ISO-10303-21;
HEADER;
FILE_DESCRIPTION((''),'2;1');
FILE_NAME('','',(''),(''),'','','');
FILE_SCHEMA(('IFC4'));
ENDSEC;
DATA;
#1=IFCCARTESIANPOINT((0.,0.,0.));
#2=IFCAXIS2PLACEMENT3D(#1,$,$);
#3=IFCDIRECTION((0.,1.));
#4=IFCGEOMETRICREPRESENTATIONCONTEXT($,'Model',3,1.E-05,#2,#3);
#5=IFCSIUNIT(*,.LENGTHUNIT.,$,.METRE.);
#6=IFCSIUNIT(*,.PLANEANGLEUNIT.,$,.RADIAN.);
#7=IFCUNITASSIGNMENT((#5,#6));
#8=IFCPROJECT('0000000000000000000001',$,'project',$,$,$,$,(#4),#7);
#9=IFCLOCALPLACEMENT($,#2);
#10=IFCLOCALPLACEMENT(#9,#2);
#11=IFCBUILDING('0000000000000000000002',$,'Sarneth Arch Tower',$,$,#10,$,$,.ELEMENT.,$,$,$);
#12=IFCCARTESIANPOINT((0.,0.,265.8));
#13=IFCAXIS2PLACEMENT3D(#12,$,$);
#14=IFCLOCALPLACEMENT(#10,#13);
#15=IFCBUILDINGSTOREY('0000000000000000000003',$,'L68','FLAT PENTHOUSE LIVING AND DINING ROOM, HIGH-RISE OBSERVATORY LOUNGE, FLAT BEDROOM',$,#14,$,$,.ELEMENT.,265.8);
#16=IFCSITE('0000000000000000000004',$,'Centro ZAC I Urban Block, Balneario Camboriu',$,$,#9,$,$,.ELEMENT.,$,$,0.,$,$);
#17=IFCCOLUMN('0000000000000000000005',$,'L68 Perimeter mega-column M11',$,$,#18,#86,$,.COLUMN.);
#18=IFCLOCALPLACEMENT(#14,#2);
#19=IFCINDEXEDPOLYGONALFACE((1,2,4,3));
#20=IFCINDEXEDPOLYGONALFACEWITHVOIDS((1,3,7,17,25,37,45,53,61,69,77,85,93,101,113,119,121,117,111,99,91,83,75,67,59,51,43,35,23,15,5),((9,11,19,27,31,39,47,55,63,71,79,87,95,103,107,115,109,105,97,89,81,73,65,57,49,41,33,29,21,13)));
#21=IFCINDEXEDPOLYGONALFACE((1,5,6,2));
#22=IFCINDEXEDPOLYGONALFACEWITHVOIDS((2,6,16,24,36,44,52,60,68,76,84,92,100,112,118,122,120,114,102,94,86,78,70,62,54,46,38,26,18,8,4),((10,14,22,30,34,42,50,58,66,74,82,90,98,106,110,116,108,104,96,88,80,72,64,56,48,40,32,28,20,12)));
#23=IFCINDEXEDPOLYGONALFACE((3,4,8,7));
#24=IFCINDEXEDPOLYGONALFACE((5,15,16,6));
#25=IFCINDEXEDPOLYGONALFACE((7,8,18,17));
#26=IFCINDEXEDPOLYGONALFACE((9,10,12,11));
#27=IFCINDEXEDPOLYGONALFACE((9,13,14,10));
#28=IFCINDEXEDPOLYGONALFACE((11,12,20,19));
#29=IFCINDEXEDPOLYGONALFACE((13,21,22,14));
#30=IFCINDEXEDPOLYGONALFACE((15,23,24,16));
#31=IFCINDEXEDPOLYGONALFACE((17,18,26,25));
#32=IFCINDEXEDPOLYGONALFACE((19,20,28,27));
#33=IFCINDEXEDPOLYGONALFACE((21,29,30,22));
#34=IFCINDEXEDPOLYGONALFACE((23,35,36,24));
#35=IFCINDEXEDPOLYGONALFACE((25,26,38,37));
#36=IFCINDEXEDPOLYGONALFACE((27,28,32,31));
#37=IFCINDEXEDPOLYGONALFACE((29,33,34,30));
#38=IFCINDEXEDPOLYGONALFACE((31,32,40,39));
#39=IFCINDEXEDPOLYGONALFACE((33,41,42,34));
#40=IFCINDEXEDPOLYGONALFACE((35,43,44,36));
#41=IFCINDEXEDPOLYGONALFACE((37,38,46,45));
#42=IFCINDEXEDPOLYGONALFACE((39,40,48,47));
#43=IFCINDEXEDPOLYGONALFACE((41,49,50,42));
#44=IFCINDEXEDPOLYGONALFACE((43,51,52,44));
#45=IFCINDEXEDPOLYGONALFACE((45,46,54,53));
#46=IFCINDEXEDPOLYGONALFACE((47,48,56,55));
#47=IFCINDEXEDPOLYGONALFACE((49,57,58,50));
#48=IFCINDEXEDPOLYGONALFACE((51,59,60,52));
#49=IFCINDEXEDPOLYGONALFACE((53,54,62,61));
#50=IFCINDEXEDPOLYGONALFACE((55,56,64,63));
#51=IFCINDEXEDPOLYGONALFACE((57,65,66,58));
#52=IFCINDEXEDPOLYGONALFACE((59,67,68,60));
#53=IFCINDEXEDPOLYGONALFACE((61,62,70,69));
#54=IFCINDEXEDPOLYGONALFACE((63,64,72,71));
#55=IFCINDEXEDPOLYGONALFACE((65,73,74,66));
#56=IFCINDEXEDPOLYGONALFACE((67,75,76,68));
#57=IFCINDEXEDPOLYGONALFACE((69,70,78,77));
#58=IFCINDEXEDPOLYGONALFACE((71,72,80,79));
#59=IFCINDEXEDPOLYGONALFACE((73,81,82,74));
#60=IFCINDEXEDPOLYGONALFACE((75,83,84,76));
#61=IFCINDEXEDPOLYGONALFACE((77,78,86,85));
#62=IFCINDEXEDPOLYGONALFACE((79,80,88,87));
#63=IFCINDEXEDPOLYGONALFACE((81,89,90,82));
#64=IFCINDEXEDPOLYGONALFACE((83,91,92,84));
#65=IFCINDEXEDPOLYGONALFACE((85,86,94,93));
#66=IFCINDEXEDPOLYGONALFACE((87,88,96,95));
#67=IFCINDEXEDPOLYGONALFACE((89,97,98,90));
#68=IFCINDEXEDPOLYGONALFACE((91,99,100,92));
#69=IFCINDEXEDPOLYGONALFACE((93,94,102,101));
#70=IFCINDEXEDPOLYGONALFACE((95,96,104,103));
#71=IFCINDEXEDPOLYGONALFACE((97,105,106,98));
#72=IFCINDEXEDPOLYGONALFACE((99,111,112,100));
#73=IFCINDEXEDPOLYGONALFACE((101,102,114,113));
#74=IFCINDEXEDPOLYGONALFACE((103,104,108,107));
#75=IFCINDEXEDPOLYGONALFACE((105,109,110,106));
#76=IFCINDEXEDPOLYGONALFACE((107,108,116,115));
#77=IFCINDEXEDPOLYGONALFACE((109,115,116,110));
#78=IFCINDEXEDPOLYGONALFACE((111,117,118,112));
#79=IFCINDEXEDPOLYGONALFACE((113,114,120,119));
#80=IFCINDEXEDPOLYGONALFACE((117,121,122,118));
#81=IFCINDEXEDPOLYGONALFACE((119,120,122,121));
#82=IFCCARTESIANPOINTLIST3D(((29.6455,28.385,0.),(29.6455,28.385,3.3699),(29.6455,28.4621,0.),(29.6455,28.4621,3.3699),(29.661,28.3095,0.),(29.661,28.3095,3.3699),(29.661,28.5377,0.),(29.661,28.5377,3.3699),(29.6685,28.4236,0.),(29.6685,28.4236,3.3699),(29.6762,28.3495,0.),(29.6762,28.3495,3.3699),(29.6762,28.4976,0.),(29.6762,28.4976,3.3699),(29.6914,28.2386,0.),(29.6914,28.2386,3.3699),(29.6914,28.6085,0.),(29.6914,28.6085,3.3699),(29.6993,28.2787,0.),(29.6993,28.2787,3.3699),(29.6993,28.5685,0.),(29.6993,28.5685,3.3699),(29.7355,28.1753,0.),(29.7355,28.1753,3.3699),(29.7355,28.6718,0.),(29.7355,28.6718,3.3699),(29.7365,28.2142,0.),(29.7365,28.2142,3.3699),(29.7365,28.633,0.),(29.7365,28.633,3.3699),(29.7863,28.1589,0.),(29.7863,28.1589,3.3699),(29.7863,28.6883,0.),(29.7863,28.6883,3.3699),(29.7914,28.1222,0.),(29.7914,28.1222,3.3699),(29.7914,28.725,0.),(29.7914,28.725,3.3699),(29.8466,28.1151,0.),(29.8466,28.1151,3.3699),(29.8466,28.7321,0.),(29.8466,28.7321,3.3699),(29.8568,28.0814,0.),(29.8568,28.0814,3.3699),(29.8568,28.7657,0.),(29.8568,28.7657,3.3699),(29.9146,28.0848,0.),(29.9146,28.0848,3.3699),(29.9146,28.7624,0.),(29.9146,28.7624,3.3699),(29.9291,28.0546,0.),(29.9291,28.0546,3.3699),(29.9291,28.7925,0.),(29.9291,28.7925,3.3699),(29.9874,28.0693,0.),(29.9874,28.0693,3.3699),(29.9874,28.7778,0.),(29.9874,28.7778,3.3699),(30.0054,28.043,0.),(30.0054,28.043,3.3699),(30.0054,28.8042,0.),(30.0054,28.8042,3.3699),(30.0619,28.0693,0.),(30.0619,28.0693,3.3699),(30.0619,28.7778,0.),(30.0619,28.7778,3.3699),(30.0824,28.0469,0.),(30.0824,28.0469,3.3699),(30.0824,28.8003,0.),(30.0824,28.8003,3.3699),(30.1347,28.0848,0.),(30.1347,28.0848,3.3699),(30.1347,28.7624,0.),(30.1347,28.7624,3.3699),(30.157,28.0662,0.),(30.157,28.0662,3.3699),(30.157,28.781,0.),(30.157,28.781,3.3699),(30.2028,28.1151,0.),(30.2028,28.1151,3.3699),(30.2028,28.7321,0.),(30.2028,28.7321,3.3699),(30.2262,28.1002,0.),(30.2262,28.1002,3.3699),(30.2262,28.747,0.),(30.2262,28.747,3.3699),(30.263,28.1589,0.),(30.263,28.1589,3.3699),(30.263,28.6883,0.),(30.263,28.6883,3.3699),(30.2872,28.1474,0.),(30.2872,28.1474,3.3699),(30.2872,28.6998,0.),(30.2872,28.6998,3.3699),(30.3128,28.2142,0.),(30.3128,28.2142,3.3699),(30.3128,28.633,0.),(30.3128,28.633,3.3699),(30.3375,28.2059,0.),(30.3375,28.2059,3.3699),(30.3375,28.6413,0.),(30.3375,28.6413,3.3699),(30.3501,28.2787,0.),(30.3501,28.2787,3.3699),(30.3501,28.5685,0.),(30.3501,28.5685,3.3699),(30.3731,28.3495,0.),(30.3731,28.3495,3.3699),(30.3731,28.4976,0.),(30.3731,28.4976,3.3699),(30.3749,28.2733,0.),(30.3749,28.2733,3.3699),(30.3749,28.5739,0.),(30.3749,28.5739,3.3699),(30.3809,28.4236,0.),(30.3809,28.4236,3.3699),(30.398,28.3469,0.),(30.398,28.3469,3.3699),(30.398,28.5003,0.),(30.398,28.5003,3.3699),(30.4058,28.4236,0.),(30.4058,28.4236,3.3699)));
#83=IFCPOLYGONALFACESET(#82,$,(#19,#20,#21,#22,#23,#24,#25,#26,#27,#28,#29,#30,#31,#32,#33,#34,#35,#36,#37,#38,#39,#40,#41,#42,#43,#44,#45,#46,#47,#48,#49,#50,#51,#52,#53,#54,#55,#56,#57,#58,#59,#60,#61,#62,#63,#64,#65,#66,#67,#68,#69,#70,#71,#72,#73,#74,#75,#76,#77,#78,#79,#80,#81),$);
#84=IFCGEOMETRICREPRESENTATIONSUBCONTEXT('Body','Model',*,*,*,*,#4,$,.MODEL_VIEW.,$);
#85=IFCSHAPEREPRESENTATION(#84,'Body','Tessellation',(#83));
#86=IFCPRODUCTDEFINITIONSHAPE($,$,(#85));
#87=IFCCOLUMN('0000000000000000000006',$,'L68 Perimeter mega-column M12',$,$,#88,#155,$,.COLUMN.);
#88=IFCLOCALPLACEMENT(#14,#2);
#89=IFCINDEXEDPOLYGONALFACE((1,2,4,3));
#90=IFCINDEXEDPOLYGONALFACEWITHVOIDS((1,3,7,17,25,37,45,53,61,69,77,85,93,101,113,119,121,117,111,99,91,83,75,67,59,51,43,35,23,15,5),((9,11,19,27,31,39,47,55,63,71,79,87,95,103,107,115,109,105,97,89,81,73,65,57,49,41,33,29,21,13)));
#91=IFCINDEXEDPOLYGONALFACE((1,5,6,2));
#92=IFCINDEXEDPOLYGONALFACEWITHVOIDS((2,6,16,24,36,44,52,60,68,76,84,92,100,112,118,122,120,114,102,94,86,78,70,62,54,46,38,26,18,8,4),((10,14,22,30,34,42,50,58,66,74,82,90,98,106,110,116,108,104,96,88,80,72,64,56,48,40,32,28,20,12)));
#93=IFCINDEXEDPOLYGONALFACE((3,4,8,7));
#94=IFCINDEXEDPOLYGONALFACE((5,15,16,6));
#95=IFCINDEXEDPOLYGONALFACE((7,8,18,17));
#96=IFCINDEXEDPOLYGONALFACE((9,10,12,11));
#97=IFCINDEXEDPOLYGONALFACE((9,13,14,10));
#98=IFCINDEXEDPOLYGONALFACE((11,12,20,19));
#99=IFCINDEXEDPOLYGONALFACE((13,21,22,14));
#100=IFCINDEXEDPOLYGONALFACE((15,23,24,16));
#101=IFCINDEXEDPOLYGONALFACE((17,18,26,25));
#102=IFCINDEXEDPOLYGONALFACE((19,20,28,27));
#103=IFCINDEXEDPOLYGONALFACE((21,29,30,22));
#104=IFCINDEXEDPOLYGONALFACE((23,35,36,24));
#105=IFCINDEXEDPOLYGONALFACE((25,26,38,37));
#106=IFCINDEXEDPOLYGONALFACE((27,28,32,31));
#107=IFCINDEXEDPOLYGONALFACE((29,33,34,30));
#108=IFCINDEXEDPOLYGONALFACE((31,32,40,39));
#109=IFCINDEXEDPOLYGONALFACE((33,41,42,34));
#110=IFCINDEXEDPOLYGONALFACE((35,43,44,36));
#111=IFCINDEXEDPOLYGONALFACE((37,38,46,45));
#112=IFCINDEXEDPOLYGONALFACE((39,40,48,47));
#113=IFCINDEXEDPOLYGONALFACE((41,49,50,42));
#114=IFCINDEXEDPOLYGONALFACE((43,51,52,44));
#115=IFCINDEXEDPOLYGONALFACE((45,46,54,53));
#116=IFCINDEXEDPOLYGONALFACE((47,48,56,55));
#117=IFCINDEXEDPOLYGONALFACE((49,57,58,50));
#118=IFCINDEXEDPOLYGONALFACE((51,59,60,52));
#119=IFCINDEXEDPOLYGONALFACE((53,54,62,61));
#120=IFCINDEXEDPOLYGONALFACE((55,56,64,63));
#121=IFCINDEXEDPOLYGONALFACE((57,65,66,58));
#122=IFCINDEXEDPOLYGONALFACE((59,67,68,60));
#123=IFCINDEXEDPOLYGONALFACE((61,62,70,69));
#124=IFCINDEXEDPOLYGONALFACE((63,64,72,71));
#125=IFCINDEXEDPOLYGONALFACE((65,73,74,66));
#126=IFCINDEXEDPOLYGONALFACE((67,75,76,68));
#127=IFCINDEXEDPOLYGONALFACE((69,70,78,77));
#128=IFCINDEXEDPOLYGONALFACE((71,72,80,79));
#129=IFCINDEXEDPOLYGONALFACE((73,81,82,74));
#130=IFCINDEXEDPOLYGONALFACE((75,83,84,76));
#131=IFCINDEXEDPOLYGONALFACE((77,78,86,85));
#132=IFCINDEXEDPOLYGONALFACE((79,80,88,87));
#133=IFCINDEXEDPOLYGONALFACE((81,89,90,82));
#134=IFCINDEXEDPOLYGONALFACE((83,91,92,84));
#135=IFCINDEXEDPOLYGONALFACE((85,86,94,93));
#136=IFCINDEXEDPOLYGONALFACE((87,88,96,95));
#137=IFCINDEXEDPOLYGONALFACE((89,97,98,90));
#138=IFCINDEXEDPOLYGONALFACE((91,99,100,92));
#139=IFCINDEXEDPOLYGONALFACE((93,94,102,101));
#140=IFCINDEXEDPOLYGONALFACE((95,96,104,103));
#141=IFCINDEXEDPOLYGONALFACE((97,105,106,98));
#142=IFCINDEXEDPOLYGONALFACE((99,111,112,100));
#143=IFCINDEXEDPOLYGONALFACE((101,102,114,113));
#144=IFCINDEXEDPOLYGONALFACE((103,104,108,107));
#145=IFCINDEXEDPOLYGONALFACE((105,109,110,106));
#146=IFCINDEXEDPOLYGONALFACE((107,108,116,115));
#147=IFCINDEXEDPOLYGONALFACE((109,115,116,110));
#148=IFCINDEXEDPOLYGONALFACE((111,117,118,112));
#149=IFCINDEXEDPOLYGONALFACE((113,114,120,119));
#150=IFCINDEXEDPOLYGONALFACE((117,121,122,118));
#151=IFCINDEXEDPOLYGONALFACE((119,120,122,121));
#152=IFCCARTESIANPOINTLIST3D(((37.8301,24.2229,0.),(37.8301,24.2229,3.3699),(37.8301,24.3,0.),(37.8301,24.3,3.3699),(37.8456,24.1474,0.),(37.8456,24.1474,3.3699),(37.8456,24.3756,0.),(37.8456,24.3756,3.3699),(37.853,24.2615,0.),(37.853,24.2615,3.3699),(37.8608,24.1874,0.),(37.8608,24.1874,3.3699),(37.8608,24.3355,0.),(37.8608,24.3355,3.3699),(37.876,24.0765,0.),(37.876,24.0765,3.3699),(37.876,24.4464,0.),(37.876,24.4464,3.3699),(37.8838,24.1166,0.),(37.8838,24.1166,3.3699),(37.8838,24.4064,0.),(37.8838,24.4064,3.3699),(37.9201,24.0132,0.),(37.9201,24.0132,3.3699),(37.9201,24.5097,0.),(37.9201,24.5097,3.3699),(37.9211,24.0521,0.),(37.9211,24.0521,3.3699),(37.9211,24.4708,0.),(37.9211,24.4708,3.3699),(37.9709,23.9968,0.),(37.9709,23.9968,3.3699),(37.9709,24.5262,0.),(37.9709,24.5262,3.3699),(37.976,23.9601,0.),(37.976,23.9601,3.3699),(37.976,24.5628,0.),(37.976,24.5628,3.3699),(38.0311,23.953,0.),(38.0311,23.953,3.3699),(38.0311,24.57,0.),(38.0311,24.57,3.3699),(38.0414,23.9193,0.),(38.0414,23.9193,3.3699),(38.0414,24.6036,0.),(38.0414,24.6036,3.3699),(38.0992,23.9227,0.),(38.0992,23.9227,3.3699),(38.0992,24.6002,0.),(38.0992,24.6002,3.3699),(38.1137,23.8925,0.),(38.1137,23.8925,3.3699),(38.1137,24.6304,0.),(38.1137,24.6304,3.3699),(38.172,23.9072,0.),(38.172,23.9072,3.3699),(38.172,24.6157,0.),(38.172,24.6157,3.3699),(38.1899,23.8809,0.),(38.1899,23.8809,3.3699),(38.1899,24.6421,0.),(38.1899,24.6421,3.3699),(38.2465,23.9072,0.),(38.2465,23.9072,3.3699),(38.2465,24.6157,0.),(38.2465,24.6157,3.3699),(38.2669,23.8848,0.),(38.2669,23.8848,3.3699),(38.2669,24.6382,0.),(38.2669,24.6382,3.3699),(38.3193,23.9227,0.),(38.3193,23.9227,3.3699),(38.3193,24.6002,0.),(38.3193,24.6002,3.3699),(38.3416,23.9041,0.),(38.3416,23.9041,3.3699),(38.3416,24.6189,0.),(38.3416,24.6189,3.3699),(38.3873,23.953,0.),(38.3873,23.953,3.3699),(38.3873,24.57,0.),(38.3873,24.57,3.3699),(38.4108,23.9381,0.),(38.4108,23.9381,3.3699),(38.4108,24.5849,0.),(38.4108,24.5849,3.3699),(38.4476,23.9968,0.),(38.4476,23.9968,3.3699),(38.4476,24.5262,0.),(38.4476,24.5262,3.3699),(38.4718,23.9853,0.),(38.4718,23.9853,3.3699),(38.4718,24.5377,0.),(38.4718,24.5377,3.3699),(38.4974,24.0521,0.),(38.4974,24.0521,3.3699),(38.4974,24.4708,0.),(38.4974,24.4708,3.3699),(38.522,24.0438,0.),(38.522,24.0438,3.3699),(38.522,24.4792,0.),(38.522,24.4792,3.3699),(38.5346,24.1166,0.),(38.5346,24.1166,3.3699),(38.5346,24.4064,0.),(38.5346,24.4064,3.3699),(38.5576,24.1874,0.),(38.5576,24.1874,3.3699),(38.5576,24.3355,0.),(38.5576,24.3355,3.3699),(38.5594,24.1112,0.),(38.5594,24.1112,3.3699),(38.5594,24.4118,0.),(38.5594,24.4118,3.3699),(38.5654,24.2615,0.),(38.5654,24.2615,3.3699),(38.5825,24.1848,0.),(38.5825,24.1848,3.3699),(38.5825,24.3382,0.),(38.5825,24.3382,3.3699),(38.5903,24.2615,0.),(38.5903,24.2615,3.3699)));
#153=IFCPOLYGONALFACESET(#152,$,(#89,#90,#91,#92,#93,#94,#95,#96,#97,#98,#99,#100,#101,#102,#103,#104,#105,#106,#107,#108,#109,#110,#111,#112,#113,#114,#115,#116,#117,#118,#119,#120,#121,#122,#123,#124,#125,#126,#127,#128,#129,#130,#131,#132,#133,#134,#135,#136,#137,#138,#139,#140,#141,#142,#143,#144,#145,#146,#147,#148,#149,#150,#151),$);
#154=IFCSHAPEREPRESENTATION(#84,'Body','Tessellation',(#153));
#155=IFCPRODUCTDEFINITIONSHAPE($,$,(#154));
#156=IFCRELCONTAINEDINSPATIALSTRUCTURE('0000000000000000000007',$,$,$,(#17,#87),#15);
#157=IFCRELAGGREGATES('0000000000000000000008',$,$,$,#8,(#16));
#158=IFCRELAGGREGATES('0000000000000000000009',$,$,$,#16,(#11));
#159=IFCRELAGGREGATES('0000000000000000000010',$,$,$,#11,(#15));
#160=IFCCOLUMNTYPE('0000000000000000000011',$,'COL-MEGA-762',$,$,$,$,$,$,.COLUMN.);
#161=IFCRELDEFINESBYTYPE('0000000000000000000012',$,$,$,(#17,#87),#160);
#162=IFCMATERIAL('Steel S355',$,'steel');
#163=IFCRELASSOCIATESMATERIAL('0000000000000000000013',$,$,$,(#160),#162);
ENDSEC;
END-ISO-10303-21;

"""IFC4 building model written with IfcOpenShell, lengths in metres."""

from ifc_helpers import new_model, si_unit, direction, frame, origin, origin_2d, place, context, subcontext, project, spatial, hollow_circle, extrude, material, material_profile, profile_set, type_object, element, save


model = new_model("IFC4")

# Units and contexts
model_context = context("Model", 3, precision=1e-05, world=origin(), true_north=direction((0.0, 1.0)))
body_context = subcontext(model_context, "Body", "Model", "MODEL_VIEW")
ifc_project = project(units=[si_unit("LENGTHUNIT", "METRE"), si_unit("PLANEANGLEUNIT", "RADIAN")], contexts=[model_context])

# Site, building, storey
site_placement = place(None, origin())
site = spatial("IfcSite", under=ifc_project, at=site_placement, Name="Centro ZAC I Urban Block, Balneario Camboriu", CompositionType="ELEMENT", RefElevation=0.0)
building_placement = place(site_placement, origin())
building = spatial("IfcBuilding", under=site, at=building_placement, Name="Sarneth Arch Tower", CompositionType="ELEMENT")
storey_placement = place(building_placement, frame((0.0, 0.0, 265.8)))
storey = spatial("IfcBuildingStorey", under=building, at=storey_placement, Name="L68", Description="FLAT PENTHOUSE LIVING AND DINING ROOM, HIGH-RISE OBSERVATORY LOUNGE, FLAT BEDROOM", CompositionType="ELEMENT", Elevation=265.8)

# Columns
ifc_material_1 = material(Name="Steel S355", Category="steel")
ifc_material_profile_1 = material_profile(ifc_material_1, hollow_circle(Radius=0.3811, WallThickness=0.0249, at=origin_2d()), Name="CHS762x25")
ifc_profile_set_1 = profile_set([ifc_material_profile_1], Name="Steel S355")
column_type = type_object("IfcColumnType", Name="COL-MEGA-762", PredefinedType="COLUMN", material=ifc_profile_set_1)
for number, where, z_axis, x_axis, name in (
    (1, (30.0247, 28.4236, 0.0), (0.0, 0.0, 1.0), (1.0, 0.0, 0.0), "L68 Perimeter mega-column M11"),
    (2, (38.2092, 24.2615, 0.0), (0.0, 0.0, 1.0), (1.0, 0.0, 0.0), "L68 Perimeter mega-column M12"),
):
    element("IfcColumn", number, at=place(storey_placement, frame(where, z_axis=z_axis, x_axis=x_axis)), inside=storey, type_object=column_type, Name=name, PredefinedType="COLUMN", context=body_context, shape_type="SweptSolid", body=[
        extrude(hollow_circle(Radius=0.3811, WallThickness=0.0249, at=origin_2d()), origin(), (0.0, 0.0, 1.0), 3.3699),
    ])

save(model, "model.ifc")
